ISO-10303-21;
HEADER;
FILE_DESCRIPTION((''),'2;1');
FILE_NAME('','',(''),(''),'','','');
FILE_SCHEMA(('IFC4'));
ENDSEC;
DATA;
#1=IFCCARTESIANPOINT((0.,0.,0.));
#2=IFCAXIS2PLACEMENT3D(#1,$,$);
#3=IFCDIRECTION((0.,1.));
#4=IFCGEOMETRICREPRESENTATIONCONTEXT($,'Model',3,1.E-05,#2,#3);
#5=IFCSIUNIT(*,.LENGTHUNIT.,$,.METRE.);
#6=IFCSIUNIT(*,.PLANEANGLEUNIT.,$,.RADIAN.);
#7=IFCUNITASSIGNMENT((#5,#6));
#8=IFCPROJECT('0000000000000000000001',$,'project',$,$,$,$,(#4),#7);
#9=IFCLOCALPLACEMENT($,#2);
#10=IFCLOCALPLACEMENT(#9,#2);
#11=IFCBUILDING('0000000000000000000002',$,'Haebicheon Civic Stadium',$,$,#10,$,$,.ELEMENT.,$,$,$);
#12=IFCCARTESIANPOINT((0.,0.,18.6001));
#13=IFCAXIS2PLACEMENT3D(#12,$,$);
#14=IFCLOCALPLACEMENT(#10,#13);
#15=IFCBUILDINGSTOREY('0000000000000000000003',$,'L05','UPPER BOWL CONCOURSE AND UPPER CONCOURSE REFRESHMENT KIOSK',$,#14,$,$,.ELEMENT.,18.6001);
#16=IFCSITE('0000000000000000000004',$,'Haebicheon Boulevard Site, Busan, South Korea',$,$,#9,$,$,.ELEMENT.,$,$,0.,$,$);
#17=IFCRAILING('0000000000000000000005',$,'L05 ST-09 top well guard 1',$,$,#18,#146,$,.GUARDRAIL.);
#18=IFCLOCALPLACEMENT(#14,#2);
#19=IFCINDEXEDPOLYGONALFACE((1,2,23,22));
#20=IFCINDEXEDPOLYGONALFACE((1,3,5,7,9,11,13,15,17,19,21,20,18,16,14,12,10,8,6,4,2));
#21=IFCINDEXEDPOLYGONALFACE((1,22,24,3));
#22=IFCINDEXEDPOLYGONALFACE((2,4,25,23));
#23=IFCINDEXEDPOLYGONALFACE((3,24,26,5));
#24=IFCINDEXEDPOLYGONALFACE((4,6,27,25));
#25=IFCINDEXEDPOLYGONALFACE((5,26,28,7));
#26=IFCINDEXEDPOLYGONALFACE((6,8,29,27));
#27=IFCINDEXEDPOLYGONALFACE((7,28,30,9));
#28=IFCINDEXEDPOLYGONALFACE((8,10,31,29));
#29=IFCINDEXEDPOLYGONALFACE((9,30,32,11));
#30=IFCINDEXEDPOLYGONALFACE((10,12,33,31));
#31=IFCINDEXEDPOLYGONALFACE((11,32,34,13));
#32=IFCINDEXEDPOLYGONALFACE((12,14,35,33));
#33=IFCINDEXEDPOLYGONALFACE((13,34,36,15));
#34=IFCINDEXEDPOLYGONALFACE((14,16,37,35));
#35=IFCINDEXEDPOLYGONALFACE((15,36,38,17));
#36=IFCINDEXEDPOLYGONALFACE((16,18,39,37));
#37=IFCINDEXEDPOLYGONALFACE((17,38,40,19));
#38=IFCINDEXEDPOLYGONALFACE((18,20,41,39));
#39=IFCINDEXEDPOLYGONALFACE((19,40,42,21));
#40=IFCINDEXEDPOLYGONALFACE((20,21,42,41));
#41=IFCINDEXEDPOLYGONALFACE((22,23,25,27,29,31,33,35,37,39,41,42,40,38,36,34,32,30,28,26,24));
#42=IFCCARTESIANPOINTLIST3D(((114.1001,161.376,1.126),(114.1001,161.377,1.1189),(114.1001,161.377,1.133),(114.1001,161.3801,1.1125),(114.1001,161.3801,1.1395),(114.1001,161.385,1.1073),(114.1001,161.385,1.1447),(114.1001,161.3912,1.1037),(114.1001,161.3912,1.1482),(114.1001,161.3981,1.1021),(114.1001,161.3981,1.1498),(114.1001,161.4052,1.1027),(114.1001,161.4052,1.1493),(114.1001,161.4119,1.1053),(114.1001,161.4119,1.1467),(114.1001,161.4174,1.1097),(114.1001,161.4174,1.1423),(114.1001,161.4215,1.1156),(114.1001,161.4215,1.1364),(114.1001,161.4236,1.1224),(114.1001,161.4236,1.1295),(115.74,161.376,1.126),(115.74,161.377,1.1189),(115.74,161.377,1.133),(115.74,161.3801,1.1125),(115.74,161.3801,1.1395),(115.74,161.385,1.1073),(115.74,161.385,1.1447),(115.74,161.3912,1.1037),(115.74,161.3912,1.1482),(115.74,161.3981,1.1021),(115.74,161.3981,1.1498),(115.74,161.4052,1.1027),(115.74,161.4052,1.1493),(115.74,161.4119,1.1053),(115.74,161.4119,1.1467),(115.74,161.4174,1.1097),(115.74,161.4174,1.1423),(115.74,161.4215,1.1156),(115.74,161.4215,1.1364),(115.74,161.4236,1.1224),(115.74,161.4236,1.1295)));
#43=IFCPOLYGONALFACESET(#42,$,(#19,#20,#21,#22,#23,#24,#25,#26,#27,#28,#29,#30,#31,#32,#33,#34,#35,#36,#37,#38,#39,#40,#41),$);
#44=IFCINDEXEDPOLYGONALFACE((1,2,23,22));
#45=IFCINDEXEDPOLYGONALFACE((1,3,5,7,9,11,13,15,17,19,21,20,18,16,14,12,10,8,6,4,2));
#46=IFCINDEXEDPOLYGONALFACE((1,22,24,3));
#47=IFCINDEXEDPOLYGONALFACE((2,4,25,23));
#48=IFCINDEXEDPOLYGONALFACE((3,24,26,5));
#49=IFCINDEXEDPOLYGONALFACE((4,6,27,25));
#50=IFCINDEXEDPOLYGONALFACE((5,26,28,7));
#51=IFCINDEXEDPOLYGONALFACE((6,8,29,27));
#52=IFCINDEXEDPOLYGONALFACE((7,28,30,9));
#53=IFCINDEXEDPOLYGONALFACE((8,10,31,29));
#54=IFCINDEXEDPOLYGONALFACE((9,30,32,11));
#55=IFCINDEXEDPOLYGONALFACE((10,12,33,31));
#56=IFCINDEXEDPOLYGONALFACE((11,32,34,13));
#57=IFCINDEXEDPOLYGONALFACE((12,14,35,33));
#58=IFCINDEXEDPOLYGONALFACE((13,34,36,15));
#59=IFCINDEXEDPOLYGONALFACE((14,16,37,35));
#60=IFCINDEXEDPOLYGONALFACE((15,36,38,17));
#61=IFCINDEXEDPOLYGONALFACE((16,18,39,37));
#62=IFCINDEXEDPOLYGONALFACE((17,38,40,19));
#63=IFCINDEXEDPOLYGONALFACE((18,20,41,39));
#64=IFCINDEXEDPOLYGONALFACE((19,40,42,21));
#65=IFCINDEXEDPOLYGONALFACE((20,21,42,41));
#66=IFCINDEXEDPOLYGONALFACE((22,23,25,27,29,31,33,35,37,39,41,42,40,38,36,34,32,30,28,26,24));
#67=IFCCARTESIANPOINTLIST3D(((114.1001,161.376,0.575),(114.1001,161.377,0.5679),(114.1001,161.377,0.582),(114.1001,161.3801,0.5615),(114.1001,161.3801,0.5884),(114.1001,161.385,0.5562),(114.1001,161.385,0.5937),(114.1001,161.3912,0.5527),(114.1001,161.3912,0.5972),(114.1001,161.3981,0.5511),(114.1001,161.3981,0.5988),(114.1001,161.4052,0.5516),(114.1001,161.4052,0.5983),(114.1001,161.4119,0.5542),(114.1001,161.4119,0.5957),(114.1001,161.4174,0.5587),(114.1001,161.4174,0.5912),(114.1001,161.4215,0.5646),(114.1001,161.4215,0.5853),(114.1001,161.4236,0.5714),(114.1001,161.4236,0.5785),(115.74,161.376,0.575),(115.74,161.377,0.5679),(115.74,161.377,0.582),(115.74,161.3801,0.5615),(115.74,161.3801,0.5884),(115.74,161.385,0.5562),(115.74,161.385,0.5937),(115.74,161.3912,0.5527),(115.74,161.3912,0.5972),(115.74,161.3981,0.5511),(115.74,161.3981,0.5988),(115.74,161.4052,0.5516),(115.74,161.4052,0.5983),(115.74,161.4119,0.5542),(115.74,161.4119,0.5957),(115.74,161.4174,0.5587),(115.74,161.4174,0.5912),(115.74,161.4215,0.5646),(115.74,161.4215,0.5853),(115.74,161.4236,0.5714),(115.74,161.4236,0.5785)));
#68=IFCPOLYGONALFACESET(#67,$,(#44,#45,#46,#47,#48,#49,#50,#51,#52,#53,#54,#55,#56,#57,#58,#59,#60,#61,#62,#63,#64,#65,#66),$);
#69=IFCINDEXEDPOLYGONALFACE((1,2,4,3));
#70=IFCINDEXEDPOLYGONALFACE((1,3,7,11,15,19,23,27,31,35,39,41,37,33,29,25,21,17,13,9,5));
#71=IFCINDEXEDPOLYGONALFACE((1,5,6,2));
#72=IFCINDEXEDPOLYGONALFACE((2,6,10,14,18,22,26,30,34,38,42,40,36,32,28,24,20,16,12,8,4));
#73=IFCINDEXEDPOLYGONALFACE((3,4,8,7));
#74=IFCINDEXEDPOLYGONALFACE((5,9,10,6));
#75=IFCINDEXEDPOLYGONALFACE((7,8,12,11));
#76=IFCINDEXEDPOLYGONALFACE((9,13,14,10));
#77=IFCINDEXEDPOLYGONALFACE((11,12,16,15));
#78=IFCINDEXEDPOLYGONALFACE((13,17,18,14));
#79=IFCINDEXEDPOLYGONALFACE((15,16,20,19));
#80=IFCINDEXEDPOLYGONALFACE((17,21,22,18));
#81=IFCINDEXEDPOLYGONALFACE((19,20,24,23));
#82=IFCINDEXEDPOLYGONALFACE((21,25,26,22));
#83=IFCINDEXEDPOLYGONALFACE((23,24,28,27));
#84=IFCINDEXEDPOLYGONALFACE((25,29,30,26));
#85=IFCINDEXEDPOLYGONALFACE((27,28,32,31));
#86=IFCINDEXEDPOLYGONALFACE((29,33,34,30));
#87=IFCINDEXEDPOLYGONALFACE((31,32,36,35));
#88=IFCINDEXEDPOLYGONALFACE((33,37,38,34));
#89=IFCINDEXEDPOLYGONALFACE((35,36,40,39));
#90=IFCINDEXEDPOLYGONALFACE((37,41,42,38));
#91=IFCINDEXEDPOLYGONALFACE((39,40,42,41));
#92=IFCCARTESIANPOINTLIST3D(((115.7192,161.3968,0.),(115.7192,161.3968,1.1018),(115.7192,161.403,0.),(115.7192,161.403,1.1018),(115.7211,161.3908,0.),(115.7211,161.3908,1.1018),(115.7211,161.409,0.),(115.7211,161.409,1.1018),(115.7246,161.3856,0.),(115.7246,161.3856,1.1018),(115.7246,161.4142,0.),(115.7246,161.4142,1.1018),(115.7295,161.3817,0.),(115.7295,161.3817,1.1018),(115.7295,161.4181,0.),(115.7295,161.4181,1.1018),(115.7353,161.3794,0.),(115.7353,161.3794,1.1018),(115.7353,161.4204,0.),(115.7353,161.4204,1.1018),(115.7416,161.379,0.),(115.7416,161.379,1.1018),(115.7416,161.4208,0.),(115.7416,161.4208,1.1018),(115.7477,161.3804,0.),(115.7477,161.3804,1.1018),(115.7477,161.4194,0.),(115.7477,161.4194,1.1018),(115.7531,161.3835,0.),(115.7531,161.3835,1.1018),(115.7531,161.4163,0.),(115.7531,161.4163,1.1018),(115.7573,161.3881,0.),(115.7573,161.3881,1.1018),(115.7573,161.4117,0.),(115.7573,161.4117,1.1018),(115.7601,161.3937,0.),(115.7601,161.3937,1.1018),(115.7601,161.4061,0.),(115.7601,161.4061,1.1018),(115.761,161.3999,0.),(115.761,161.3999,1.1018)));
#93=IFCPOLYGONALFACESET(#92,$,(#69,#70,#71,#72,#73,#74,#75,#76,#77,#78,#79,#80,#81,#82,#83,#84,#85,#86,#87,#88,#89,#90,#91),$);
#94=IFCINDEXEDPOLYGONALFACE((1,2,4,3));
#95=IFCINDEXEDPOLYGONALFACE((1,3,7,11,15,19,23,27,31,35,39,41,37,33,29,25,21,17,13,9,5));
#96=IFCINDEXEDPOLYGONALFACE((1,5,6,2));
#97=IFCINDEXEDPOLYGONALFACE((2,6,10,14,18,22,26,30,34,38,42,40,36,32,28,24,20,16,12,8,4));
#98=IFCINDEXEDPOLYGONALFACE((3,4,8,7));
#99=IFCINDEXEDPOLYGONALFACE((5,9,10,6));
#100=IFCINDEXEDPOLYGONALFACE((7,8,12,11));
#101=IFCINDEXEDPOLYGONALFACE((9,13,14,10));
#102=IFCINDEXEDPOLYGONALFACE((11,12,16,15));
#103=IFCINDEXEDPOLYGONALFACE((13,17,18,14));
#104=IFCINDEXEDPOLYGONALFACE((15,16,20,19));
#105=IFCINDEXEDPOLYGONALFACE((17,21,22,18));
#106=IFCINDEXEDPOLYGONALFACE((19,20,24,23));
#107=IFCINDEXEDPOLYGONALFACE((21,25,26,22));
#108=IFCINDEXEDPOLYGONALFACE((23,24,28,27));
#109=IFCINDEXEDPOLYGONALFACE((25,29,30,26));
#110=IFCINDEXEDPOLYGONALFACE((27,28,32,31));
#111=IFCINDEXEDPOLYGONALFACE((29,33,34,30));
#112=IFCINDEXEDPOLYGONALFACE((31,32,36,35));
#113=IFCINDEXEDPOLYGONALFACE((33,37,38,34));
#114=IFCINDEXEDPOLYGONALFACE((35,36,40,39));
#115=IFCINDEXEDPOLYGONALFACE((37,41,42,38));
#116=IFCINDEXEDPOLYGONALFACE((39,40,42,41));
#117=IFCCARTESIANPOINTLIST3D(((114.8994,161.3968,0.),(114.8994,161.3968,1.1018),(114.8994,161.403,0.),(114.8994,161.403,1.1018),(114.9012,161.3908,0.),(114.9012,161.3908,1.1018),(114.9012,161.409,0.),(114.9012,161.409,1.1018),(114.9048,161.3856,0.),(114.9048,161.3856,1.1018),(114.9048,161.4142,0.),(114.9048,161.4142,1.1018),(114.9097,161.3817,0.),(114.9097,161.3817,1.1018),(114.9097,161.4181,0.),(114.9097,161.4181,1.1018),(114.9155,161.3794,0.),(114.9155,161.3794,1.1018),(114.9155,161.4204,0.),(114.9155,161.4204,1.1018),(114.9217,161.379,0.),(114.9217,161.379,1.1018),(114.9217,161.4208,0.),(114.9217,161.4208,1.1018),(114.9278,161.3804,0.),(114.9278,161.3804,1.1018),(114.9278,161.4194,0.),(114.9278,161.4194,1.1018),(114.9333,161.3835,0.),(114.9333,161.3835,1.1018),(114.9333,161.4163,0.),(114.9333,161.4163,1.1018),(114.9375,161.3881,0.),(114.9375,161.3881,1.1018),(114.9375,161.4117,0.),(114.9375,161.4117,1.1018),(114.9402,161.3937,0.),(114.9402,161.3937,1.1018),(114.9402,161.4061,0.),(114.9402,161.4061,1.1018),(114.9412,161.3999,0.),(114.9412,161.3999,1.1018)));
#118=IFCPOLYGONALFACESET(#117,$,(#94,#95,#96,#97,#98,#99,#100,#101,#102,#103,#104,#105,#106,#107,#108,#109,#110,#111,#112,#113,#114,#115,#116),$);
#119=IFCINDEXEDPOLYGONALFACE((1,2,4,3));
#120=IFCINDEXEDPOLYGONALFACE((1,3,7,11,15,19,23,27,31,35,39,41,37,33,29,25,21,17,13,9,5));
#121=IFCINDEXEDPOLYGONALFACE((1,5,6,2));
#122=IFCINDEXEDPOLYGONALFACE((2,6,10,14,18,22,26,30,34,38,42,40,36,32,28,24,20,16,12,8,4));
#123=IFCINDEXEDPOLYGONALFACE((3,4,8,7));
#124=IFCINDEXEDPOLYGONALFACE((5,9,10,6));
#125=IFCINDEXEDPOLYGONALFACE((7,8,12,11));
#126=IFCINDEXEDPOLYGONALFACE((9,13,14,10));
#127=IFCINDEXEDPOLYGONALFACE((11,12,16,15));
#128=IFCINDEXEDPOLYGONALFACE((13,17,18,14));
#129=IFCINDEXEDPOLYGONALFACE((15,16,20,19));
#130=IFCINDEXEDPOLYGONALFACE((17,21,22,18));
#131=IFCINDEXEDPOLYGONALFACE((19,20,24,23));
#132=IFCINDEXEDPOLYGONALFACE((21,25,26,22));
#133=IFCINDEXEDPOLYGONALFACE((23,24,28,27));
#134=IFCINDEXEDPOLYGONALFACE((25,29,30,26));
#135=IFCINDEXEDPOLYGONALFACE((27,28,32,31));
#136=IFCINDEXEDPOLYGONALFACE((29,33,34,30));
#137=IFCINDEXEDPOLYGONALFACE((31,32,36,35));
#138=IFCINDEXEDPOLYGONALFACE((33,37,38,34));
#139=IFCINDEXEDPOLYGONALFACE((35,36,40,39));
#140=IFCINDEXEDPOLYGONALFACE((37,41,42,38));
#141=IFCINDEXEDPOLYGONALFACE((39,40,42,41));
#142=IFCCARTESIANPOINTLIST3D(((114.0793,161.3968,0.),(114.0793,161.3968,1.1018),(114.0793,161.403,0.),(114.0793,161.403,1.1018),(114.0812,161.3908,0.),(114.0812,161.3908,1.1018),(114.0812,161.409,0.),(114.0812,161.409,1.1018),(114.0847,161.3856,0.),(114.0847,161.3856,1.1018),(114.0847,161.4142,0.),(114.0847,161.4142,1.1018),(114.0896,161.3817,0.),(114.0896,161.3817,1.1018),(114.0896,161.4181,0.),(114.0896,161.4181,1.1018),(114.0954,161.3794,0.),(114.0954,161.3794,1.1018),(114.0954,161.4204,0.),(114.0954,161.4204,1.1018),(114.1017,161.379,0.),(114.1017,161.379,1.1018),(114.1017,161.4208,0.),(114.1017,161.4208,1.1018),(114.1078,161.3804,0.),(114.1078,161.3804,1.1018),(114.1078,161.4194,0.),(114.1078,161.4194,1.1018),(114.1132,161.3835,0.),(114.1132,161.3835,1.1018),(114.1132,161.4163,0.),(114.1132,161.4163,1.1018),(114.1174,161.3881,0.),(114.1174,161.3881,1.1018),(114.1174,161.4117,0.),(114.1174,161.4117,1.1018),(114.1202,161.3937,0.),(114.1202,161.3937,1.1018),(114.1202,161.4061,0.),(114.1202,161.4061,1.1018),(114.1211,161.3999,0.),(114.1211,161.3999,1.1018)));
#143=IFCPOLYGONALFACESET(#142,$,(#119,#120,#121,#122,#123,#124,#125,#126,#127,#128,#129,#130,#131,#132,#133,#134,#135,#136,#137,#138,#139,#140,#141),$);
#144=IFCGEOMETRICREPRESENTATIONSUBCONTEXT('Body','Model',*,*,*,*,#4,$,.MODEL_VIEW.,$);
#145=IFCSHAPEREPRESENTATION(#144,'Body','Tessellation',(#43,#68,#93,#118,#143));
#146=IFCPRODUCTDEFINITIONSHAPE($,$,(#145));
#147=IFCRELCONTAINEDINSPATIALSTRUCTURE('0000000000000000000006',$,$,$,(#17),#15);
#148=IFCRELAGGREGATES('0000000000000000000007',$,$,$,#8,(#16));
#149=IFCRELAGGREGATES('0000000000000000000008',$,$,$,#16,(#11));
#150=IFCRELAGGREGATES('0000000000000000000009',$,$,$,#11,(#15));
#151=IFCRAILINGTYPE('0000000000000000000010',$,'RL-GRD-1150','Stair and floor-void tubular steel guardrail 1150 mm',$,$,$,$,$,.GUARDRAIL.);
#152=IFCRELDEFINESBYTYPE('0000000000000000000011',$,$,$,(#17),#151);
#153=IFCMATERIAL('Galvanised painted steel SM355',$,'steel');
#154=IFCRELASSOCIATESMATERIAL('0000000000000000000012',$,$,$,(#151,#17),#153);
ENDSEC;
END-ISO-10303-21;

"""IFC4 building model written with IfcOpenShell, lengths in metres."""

from ifc_helpers import new_model, si_unit, direction, frame, origin, origin_2d, place, context, subcontext, project, spatial, circle, extrude, material, type_object, element, save


model = new_model("IFC4")

# Units and contexts
model_context = context("Model", 3, precision=1e-05, world=origin(), true_north=direction((0.0, 1.0)))
body_context = subcontext(model_context, "Body", "Model", "MODEL_VIEW")
ifc_project = project(units=[si_unit("LENGTHUNIT", "METRE"), si_unit("PLANEANGLEUNIT", "RADIAN")], contexts=[model_context])

# Site, building, storey
site_placement = place(None, origin())
site = spatial("IfcSite", under=ifc_project, at=site_placement, Name="Haebicheon Boulevard Site, Busan, South Korea", CompositionType="ELEMENT", RefElevation=0.0)
building_placement = place(site_placement, origin())
building = spatial("IfcBuilding", under=site, at=building_placement, Name="Haebicheon Civic Stadium", CompositionType="ELEMENT")
storey_placement = place(building_placement, frame((0.0, 0.0, 18.6001)))
storey = spatial("IfcBuildingStorey", under=building, at=storey_placement, Name="L05", Description="UPPER BOWL CONCOURSE AND UPPER CONCOURSE REFRESHMENT KIOSK", CompositionType="ELEMENT", Elevation=18.6001)

# Railing
ifc_material_1 = material(Name="Galvanised painted steel SM355", Category="steel")
railing_type = type_object("IfcRailingType", Name="RL-GRD-1150", Description="Stair and floor-void tubular steel guardrail 1150 mm", PredefinedType="GUARDRAIL", material=ifc_material_1)
railing_1_placement = place(storey_placement, frame((115.74, 161.3999, 0.0)))
element("IfcRailing", 1, at=railing_1_placement, inside=storey, type_object=railing_type, material=ifc_material_1, Name="L05 ST-09 top well guard 1", PredefinedType="GUARDRAIL", context=body_context, shape_type="SweptSolid", body=[
    extrude(circle(Radius=0.0239, at=origin_2d()), frame((0.0, 0.0, 1.126), z_axis=(-1.0, 0.0, 0.0), x_axis=(0.0, -1.0, 0.0)), (0.0, 0.0, 1.0), 1.6399),
    extrude(circle(Radius=0.0239, at=origin_2d()), frame((0.0, 0.0, 0.575), z_axis=(-1.0, 0.0, 0.0), x_axis=(0.0, -1.0, 0.0)), (0.0, 0.0, 1.0), 1.6399),
    extrude(circle(Radius=0.021, at=origin_2d()), origin(), (0.0, 0.0, 1.0), 1.1018),
    extrude(circle(Radius=0.021, at=origin_2d()), frame((-0.8198, 0.0, 0.0)), (0.0, 0.0, 1.0), 1.1018),
    extrude(circle(Radius=0.021, at=origin_2d()), frame((-1.6399, 0.0, 0.0)), (0.0, 0.0, 1.0), 1.1018),
])

save(model, "model.ifc")
